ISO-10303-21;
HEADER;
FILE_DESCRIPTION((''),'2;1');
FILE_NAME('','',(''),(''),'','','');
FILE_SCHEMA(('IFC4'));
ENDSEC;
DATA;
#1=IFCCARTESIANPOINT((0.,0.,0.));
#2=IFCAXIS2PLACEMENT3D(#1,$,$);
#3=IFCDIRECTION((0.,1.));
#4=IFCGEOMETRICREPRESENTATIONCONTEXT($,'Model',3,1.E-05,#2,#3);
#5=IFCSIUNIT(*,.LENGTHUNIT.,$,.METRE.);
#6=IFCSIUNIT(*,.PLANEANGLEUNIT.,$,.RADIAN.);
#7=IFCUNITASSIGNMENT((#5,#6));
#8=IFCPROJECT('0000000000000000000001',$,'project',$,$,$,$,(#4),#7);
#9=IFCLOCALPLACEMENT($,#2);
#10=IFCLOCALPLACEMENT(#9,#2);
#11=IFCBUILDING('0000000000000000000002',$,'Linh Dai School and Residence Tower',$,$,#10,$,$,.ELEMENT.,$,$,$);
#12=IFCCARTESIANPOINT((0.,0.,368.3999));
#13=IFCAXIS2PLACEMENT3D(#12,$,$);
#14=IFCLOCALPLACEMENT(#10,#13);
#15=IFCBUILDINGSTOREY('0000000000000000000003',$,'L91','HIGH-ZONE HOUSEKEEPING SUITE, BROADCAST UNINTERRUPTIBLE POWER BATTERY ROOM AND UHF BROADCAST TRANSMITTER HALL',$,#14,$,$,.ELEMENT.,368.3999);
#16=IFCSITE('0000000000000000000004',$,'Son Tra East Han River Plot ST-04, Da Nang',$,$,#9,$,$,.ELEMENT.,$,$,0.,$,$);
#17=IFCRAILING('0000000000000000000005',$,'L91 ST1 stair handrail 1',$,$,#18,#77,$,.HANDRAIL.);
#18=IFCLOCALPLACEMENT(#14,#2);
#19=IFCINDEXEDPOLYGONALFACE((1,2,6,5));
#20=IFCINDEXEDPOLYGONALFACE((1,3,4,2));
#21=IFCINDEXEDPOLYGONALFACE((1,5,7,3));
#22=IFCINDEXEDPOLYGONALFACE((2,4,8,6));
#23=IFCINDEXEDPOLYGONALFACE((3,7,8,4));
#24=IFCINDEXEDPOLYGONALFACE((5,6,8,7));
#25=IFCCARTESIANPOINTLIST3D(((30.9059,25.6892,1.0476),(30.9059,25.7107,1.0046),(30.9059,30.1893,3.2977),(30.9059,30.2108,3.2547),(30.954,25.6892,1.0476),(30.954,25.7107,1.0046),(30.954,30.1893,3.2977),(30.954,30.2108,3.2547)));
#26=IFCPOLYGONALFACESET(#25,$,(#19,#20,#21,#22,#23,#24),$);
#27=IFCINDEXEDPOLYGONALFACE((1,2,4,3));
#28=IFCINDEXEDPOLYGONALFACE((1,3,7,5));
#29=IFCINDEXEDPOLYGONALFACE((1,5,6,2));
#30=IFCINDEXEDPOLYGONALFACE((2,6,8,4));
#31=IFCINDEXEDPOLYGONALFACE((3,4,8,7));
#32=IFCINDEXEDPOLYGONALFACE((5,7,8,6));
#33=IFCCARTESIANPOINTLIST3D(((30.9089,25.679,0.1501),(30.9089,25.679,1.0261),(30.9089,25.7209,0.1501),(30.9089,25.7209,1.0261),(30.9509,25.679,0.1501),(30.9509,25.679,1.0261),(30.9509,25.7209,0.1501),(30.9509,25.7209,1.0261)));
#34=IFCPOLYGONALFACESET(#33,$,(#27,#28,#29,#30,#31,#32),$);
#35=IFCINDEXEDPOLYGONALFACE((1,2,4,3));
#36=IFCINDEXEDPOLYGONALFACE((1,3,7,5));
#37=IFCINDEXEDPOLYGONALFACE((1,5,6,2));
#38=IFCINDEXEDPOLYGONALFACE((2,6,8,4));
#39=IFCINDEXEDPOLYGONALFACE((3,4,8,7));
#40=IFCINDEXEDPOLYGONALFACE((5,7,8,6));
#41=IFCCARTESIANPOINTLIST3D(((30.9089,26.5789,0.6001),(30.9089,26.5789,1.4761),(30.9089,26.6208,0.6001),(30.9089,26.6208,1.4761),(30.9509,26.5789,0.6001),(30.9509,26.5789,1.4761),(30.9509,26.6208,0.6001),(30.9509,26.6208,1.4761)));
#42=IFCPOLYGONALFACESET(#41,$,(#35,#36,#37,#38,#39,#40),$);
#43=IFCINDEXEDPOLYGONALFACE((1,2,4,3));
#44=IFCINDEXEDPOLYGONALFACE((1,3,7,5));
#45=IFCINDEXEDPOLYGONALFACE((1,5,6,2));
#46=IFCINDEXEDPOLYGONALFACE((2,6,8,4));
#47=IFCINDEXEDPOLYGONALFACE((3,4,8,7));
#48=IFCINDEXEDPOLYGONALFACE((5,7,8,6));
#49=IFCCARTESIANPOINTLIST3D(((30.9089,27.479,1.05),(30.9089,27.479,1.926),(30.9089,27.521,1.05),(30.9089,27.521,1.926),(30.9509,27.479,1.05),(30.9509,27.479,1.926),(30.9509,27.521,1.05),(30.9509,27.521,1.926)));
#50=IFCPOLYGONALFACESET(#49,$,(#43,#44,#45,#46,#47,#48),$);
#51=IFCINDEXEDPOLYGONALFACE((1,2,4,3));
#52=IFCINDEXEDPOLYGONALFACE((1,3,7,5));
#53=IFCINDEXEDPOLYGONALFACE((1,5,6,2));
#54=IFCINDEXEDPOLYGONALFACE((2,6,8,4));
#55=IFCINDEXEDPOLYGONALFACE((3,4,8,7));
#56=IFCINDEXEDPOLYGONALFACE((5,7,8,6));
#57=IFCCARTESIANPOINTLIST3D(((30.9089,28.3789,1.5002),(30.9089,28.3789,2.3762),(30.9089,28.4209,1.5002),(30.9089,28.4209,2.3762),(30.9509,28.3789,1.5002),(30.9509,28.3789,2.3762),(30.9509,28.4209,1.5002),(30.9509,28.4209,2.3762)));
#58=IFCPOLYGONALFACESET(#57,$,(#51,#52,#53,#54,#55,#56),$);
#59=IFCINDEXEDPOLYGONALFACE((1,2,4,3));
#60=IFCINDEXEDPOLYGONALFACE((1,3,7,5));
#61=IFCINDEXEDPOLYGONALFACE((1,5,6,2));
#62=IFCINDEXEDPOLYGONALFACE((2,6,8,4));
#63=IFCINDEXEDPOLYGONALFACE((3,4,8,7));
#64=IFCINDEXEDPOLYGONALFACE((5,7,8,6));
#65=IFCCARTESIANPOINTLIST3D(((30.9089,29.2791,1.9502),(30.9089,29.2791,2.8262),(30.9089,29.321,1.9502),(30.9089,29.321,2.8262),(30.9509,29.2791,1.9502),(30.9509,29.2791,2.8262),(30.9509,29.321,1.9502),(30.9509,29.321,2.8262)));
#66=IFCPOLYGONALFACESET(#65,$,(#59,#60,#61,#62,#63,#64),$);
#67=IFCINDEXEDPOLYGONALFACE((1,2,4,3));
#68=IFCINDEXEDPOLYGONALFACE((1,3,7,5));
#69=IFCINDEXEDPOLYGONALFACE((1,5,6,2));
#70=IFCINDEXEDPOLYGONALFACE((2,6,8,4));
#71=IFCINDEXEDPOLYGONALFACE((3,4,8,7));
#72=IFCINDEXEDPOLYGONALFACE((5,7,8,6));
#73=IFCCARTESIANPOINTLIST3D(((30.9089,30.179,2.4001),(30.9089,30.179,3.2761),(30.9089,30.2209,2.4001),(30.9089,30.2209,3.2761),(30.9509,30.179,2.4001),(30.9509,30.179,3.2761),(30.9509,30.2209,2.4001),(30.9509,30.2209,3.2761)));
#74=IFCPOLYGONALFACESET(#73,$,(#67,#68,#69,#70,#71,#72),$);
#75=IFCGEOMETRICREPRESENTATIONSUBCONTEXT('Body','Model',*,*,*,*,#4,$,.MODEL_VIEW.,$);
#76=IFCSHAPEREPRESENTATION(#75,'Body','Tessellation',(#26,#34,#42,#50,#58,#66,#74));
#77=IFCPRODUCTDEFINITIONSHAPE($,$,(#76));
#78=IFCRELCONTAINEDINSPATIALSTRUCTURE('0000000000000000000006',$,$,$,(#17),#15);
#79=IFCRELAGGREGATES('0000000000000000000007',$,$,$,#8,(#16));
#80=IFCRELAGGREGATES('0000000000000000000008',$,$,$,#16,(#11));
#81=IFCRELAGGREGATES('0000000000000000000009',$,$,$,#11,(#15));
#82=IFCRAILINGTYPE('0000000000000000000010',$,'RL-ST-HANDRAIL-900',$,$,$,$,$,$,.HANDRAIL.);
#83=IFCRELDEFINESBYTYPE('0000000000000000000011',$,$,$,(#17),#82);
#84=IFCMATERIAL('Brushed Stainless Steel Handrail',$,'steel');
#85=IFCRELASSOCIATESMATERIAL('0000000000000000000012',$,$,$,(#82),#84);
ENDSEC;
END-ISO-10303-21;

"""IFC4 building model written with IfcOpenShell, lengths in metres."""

from ifc_helpers import new_model, si_unit, direction, frame, origin, origin_2d, place, context, subcontext, project, spatial, rectangle, extrude, source, transform, mapped, material, type_object, element, save


model = new_model("IFC4")

# Units and contexts
model_context = context("Model", 3, precision=1e-05, world=origin(), true_north=direction((0.0, 1.0)))
body_context = subcontext(model_context, "Body", "Model", "MODEL_VIEW")
ifc_project = project(units=[si_unit("LENGTHUNIT", "METRE"), si_unit("PLANEANGLEUNIT", "RADIAN")], contexts=[model_context])

# Site, building, storey
site_placement = place(None, origin())
site = spatial("IfcSite", under=ifc_project, at=site_placement, Name="Son Tra East Han River Plot ST-04, Da Nang", CompositionType="ELEMENT", RefElevation=0.0)
building_placement = place(site_placement, origin())
building = spatial("IfcBuilding", under=site, at=building_placement, Name="Linh Dai School and Residence Tower", CompositionType="ELEMENT")
storey_placement = place(building_placement, frame((0.0, 0.0, 368.3999)))
storey = spatial("IfcBuildingStorey", under=building, at=storey_placement, Name="L91", Description="HIGH-ZONE HOUSEKEEPING SUITE, BROADCAST UNINTERRUPTIBLE POWER BATTERY ROOM AND UHF BROADCAST TRANSMITTER HALL", CompositionType="ELEMENT", Elevation=368.3999)

# Railing
ifc_material_1 = material(Name="Brushed Stainless Steel Handrail", Category="steel")
railing_type_1 = type_object("IfcRailingType", Name="RL-ST-HANDRAIL-900", PredefinedType="HANDRAIL", material=ifc_material_1)
shared_shape_1 = source(origin(), body_context, "Body", "SweptSolid", [
    extrude(rectangle(XDim=0.0481, YDim=0.0481, at=origin_2d()), frame((0.0, 0.0, 0.876), z_axis=(0.0, 0.894427, 0.447214), x_axis=(-1.0, 0.0, 0.0)), (0.0, 0.0, 1.0), 5.0312),
    extrude(rectangle(XDim=0.042, YDim=0.042, at=origin_2d()), origin(), (0.0, 0.0, 1.0), 0.876),
    extrude(rectangle(XDim=0.042, YDim=0.042, at=origin_2d()), frame((0.0, 0.8999, 0.45)), (0.0, 0.0, 1.0), 0.876),
    extrude(rectangle(XDim=0.042, YDim=0.042, at=origin_2d()), frame((0.0, 1.8, 0.8999)), (0.0, 0.0, 1.0), 0.876),
    extrude(rectangle(XDim=0.042, YDim=0.042, at=origin_2d()), frame((0.0, 2.7, 1.3501)), (0.0, 0.0, 1.0), 0.876),
    extrude(rectangle(XDim=0.042, YDim=0.042, at=origin_2d()), frame((0.0, 3.6001, 1.8)), (0.0, 0.0, 1.0), 0.876),
    extrude(rectangle(XDim=0.042, YDim=0.042, at=origin_2d()), frame((0.0, 4.5, 2.25)), (0.0, 0.0, 1.0), 0.876),
])
railing_1_placement = place(storey_placement, frame((30.9299, 25.7, 0.1501)))
element("IfcRailing", 1, at=railing_1_placement, inside=storey, type_object=railing_type_1, Name="L91 ST1 stair handrail 1", PredefinedType="HANDRAIL", context=body_context, shape_type="MappedRepresentation", body=[
    mapped(shared_shape_1, transform((0.0, 0.0, 0.0), x_axis=(1.0, 0.0, 0.0), y_axis=(0.0, 1.0, 0.0), z_axis=(0.0, 0.0, 1.0), scale=1.0)),
])

save(model, "model.ifc")
